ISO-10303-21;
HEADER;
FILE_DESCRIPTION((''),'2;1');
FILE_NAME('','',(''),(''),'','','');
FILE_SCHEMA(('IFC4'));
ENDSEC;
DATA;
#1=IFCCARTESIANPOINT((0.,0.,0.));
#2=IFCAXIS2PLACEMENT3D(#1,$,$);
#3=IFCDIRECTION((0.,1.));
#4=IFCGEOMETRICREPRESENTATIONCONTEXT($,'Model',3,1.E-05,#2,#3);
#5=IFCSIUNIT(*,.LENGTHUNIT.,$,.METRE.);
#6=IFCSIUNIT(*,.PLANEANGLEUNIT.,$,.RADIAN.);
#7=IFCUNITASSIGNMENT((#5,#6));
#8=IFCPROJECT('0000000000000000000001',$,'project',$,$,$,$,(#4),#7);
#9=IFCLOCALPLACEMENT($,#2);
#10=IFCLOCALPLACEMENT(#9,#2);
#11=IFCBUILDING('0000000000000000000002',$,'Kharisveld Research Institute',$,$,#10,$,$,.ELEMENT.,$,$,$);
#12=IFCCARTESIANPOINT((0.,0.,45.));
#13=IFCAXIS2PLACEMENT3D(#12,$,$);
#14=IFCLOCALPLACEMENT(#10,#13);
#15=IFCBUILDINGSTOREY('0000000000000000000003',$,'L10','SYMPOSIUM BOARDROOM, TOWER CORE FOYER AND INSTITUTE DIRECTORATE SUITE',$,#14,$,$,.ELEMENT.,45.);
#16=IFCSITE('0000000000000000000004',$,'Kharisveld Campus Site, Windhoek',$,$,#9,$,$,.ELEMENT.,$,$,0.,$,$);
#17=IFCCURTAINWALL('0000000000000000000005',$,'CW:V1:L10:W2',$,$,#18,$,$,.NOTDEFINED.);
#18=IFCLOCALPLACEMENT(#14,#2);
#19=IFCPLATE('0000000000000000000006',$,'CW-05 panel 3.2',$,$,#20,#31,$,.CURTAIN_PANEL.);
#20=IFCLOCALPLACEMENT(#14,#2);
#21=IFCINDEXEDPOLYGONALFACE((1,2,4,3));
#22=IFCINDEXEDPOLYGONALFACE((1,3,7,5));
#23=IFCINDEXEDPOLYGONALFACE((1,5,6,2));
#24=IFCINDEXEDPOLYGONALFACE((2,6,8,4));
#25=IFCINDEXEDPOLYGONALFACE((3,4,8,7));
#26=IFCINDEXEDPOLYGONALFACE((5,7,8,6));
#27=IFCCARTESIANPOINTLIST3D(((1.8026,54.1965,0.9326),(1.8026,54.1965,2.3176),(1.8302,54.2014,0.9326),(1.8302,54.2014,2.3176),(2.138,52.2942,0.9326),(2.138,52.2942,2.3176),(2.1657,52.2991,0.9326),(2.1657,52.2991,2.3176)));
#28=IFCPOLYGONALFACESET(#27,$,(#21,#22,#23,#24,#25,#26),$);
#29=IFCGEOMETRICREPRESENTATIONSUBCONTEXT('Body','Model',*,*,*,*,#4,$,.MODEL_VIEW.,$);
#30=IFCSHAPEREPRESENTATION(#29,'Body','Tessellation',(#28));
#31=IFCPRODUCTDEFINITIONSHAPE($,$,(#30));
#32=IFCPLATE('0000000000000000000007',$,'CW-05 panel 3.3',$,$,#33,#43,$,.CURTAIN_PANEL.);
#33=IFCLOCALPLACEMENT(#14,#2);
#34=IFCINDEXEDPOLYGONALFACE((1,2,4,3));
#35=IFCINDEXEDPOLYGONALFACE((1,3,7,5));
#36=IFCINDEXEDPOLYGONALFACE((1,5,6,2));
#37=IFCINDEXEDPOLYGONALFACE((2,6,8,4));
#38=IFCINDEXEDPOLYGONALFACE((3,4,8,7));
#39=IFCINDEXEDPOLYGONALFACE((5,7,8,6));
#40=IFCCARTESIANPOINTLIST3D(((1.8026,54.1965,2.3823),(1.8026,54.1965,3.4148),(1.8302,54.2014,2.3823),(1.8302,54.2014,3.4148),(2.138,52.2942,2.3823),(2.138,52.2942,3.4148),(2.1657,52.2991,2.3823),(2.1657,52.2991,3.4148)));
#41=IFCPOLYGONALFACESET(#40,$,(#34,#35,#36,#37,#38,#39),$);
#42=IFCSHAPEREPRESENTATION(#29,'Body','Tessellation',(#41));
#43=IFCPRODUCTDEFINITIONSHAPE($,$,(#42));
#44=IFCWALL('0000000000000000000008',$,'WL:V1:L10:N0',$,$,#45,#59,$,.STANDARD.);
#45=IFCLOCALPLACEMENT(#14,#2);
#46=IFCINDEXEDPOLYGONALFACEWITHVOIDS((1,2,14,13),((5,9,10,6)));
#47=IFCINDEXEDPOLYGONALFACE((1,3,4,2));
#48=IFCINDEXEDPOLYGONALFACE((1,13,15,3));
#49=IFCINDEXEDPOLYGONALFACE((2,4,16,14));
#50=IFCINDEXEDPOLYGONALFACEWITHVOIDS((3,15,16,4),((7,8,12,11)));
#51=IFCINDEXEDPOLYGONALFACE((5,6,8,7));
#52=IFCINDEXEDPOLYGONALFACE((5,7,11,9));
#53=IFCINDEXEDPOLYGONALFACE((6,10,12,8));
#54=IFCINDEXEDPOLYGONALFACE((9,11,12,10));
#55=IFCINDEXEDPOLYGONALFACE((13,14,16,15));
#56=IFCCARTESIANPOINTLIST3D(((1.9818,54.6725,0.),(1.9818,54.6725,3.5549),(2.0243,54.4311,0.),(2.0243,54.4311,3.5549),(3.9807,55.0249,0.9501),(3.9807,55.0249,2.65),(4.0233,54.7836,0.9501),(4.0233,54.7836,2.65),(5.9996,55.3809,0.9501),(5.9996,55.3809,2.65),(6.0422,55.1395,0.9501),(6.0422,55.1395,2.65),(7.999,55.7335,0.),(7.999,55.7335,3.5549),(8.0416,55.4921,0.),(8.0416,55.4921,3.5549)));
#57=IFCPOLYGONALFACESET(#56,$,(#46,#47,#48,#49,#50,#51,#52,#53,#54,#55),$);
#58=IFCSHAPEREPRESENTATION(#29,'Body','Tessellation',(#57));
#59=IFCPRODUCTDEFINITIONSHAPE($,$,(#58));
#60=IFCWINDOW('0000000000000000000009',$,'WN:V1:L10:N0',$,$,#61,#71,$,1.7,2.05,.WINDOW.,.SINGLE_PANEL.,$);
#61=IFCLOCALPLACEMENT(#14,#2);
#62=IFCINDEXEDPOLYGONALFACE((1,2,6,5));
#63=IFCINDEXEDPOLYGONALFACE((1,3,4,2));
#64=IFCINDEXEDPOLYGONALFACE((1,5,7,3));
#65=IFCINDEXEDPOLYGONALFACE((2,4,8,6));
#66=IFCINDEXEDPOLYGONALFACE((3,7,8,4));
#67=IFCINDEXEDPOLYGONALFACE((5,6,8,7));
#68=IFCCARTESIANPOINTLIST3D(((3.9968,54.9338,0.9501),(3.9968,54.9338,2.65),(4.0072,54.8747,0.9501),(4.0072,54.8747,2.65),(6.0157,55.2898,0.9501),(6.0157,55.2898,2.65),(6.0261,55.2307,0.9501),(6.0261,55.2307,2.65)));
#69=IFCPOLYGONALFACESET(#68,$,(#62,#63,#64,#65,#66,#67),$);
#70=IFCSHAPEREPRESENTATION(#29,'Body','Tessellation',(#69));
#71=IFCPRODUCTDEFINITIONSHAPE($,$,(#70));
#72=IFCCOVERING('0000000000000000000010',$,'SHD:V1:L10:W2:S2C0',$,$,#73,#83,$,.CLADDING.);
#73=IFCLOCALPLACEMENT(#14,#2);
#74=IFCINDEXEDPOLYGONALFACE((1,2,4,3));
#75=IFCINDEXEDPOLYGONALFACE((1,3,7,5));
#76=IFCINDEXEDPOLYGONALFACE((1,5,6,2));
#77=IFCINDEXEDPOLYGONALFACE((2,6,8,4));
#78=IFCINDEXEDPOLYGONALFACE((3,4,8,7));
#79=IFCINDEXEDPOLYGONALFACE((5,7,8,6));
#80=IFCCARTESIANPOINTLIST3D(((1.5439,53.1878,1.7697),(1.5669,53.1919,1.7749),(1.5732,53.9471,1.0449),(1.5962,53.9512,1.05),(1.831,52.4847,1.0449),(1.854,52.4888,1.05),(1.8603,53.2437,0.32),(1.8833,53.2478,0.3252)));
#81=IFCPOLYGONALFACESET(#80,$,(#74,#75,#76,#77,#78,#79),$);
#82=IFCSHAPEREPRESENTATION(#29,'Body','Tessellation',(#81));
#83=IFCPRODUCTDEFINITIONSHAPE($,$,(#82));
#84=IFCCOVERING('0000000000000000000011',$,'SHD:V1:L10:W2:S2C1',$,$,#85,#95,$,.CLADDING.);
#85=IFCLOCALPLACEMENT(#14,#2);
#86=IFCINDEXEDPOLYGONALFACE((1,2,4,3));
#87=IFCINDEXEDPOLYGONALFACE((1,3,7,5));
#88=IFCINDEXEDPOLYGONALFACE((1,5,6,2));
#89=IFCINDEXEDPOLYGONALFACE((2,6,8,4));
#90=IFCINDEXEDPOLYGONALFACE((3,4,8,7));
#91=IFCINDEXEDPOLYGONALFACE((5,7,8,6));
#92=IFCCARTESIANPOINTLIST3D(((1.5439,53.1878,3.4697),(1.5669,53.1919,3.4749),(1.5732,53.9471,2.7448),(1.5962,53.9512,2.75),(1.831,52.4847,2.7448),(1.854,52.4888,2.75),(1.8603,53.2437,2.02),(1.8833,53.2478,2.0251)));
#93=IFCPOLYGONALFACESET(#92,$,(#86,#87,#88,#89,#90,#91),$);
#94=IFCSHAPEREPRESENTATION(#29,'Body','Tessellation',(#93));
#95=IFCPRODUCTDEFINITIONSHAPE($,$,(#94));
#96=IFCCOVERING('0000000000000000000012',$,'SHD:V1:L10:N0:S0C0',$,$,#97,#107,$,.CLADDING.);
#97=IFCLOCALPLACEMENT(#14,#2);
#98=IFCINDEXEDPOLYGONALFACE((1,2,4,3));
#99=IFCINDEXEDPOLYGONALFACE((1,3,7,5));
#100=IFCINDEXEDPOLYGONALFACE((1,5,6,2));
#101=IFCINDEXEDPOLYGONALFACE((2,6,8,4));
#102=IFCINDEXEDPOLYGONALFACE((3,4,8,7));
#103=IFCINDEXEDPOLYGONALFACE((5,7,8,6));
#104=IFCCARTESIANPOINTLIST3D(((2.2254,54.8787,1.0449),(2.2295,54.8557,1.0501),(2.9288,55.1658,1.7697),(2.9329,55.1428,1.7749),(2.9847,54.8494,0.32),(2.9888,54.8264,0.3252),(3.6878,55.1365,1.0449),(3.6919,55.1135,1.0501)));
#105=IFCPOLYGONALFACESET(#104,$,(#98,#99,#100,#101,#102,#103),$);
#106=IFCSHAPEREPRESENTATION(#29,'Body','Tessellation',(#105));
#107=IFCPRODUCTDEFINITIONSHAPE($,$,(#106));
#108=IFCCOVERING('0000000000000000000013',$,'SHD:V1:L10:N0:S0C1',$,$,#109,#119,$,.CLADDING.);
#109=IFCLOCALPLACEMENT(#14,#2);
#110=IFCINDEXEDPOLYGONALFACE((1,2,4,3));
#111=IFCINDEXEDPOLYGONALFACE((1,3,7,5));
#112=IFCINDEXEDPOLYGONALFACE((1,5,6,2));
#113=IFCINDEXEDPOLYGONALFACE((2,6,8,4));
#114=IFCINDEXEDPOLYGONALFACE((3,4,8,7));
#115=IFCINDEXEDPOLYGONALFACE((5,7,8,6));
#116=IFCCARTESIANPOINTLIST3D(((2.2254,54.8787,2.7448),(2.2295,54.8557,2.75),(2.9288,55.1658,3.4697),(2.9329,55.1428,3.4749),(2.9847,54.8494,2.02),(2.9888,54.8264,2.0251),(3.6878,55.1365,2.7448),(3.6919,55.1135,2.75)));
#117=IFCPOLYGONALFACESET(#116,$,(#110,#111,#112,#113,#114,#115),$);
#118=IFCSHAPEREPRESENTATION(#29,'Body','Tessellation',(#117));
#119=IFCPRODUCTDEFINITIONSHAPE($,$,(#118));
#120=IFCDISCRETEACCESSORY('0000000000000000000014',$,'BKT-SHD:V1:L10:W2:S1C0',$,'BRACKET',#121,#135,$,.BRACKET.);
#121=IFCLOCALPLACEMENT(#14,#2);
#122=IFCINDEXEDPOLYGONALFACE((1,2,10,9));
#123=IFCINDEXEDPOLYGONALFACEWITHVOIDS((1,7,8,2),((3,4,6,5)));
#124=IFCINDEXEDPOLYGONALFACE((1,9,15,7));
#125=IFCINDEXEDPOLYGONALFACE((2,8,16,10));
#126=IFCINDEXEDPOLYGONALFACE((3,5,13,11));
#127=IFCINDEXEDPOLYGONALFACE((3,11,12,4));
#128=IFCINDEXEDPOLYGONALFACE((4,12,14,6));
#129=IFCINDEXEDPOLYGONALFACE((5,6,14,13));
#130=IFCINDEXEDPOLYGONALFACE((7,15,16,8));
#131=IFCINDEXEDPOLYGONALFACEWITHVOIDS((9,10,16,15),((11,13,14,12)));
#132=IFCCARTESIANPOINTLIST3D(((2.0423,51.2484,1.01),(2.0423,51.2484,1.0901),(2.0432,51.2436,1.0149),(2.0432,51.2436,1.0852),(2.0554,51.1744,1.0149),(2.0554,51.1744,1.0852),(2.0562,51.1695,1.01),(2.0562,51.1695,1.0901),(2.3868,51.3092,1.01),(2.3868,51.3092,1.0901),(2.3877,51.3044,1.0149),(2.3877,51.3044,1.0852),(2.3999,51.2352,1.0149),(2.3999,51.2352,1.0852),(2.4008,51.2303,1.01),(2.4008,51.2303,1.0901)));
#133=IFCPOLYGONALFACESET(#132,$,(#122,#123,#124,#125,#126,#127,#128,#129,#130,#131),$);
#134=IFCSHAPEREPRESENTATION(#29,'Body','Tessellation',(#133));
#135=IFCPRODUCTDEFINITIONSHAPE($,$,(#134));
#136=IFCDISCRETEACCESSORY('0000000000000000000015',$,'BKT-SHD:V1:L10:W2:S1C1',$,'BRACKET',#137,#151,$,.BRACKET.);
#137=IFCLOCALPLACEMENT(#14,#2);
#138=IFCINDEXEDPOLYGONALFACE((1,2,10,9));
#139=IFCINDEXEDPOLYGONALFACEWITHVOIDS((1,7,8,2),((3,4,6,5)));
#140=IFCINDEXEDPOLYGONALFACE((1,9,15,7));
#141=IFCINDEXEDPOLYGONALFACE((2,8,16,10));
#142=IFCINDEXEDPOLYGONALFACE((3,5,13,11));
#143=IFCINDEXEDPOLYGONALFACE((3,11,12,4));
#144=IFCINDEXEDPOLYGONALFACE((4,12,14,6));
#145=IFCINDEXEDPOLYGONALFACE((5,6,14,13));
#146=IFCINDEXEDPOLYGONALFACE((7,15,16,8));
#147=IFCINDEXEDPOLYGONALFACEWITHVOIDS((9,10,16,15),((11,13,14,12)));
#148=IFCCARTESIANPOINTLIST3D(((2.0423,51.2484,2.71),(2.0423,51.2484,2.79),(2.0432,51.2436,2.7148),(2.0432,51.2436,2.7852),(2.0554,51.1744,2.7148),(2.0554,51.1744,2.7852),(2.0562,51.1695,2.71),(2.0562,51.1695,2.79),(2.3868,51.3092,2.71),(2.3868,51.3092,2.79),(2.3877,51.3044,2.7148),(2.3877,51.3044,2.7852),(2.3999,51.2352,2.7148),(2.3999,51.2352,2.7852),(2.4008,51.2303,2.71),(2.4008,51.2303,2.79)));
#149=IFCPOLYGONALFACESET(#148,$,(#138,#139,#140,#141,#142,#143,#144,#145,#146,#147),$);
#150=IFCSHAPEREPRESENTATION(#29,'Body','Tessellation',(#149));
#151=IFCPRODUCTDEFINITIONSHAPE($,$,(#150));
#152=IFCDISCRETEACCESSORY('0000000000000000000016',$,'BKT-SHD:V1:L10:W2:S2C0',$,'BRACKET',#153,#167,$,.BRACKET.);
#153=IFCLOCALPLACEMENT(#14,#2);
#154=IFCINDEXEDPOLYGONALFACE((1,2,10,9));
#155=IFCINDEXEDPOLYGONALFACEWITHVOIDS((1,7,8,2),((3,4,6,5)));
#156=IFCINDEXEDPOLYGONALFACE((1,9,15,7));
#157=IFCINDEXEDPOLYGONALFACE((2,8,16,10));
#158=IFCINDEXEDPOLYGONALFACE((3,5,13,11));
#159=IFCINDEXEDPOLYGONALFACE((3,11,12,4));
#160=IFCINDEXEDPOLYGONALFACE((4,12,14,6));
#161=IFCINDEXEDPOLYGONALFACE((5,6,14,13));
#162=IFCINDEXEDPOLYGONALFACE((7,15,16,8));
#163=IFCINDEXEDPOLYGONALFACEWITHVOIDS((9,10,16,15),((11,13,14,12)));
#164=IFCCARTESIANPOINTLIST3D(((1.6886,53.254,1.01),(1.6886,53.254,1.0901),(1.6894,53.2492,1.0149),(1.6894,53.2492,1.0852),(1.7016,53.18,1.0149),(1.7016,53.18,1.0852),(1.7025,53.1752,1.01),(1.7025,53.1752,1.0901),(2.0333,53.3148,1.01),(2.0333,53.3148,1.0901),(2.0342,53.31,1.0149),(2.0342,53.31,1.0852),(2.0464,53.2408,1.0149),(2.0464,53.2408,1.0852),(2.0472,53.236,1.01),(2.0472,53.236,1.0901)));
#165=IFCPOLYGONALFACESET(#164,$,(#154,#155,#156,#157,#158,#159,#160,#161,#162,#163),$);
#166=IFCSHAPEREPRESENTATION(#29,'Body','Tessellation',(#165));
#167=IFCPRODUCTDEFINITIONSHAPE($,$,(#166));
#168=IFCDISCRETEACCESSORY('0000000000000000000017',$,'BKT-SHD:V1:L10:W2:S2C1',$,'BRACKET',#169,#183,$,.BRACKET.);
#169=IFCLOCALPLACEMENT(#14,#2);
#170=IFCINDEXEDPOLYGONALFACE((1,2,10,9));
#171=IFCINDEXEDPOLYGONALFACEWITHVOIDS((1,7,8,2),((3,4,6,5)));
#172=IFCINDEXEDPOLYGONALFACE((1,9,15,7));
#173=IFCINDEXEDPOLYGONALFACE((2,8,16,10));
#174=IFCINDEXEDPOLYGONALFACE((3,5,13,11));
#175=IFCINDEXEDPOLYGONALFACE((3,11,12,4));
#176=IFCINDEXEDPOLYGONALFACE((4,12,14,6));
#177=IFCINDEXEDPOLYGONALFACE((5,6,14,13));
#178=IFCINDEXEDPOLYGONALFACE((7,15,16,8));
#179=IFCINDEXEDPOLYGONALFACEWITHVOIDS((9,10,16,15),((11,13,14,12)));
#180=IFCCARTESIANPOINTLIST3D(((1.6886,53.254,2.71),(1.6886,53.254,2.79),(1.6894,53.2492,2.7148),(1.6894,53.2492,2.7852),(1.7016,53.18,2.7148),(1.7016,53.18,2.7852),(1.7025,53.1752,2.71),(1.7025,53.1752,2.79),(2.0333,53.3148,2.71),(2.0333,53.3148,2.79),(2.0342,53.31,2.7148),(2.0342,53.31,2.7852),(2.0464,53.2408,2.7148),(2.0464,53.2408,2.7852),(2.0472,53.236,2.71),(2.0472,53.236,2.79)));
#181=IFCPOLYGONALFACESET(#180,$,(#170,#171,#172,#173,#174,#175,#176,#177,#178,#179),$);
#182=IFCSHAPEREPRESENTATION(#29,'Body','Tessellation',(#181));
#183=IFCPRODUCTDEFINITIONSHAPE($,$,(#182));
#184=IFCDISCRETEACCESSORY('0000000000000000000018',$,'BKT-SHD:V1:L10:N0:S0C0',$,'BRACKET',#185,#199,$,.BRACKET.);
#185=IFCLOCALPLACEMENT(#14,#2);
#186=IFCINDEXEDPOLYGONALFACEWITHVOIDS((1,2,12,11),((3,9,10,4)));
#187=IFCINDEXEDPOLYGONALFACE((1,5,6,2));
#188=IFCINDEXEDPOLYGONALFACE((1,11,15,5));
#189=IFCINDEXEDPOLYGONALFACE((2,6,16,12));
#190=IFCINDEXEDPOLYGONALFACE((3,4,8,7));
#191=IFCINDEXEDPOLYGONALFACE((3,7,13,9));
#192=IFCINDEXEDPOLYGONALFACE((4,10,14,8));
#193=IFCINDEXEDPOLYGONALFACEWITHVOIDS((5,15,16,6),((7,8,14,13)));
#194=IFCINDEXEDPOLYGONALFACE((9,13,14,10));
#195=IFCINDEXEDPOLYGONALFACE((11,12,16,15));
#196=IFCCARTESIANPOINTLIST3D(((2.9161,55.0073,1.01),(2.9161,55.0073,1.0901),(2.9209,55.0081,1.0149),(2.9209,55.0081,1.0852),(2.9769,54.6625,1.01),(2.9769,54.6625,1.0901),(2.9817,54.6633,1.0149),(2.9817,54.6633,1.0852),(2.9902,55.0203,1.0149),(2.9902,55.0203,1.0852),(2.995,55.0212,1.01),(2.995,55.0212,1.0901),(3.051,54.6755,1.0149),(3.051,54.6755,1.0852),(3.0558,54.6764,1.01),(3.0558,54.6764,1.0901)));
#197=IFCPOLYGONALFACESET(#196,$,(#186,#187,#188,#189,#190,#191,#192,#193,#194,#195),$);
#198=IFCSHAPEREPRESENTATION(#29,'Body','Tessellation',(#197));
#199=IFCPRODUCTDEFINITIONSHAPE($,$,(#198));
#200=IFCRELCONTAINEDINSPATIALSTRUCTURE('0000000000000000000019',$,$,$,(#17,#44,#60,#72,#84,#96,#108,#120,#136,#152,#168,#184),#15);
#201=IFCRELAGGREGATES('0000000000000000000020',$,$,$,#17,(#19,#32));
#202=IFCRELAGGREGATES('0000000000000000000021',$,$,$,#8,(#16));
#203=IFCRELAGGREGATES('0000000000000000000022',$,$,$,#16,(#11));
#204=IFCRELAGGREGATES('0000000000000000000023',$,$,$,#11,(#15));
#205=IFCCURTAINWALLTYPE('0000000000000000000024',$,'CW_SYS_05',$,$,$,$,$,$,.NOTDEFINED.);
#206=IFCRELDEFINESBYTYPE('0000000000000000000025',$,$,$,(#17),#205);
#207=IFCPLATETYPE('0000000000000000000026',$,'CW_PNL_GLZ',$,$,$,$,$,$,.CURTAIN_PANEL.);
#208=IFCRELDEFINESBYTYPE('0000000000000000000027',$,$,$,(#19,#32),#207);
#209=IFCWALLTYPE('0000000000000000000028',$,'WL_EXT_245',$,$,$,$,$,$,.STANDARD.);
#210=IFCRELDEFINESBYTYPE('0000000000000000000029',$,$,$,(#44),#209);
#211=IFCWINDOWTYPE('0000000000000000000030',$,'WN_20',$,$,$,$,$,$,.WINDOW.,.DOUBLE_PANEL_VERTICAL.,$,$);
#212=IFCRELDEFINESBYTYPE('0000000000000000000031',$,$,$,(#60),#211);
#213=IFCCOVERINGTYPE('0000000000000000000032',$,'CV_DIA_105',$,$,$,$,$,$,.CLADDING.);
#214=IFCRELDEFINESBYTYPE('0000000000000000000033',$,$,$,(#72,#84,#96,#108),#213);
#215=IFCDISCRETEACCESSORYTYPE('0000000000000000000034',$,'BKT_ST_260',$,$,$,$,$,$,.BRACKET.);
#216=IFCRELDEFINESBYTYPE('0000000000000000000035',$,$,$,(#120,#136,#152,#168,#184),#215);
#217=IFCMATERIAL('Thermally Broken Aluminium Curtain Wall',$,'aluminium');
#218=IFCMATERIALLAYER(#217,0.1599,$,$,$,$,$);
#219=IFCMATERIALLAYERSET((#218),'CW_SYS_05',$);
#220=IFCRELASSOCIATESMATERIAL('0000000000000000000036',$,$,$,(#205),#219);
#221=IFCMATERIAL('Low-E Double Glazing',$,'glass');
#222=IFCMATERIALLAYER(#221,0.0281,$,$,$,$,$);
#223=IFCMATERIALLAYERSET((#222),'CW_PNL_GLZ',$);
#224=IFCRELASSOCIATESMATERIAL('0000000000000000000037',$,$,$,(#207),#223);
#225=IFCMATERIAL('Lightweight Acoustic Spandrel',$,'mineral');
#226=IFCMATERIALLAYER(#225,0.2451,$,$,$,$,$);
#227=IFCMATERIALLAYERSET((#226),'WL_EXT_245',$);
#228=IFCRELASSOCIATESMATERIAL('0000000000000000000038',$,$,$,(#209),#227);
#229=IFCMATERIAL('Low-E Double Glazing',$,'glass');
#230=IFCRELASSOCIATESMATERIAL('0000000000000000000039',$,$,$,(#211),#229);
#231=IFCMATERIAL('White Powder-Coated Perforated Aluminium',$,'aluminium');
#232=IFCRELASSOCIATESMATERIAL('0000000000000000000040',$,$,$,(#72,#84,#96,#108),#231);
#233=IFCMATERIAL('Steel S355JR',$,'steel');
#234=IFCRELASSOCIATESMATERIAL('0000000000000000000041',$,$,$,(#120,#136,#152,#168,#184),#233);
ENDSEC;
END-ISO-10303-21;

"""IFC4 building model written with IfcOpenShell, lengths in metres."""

from ifc_helpers import new_model, si_unit, direction, frame, frame_2d, origin, origin_2d, place, context, subcontext, project, spatial, polyline, rectangle, hollow_rectangle, outline, extrude, material, layer, layer_set, type_object, element, fill, aggregate, save


model = new_model("IFC4")

# Units and contexts
model_context = context("Model", 3, precision=1e-05, world=origin(), true_north=direction((0.0, 1.0)))
body_context = subcontext(model_context, "Body", "Model", "MODEL_VIEW")
ifc_project = project(units=[si_unit("LENGTHUNIT", "METRE"), si_unit("PLANEANGLEUNIT", "RADIAN")], contexts=[model_context])

# Site, building, storey
site_placement = place(None, origin())
site = spatial("IfcSite", under=ifc_project, at=site_placement, Name="Kharisveld Campus Site, Windhoek", CompositionType="ELEMENT", RefElevation=0.0)
building_placement = place(site_placement, origin())
building = spatial("IfcBuilding", under=site, at=building_placement, Name="Kharisveld Research Institute", CompositionType="ELEMENT")
storey_placement = place(building_placement, frame((0.0, 0.0, 45.0)))
storey = spatial("IfcBuildingStorey", under=building, at=storey_placement, Name="L10", Description="SYMPOSIUM BOARDROOM, TOWER CORE FOYER AND INSTITUTE DIRECTORATE SUITE", CompositionType="ELEMENT", Elevation=45.0)

# Curtain wall
ifc_material_1 = material(Name="Thermally Broken Aluminium Curtain Wall", Category="aluminium")
ifc_layer_1 = layer(ifc_material_1, 0.1599)
ifc_layer_set_1 = layer_set([ifc_layer_1], Name="CW_SYS_05")
curtain_wall_type = type_object("IfcCurtainWallType", Name="CW_SYS_05", PredefinedType="NOTDEFINED", material=ifc_layer_set_1)
curtain_wall_placement = place(storey_placement, origin())
curtain_wall = element("IfcCurtainWall", 1, at=curtain_wall_placement, inside=storey, type_object=curtain_wall_type, Name="CW:V1:L10:W2", PredefinedType="NOTDEFINED")

# Plates
ifc_material_2 = material(Name="Low-E Double Glazing", Category="glass")
ifc_layer_2 = layer(ifc_material_2, 0.0281)
ifc_layer_set_2 = layer_set([ifc_layer_2], Name="CW_PNL_GLZ")
plate_type = type_object("IfcPlateType", Name="CW_PNL_GLZ", PredefinedType="CURTAIN_PANEL", material=ifc_layer_set_2)
plate_1_placement = place(storey_placement, frame((1.9841, 53.2478, 0.9326), z_axis=(0.0, 0.0, 1.0), x_axis=(-0.173648, 0.984808, 0.0)))
plate_1 = element("IfcPlate", 2, at=plate_1_placement, type_object=plate_type, Name="CW-05 panel 3.2", PredefinedType="CURTAIN_PANEL", context=body_context, shape_type="SweptSolid", body=[
    extrude(rectangle(XDim=1.9316, YDim=0.0281, at=origin_2d()), origin(), (0.0, 0.0, 1.0), 1.385),
])
plate_2_placement = place(storey_placement, frame((1.9841, 53.2478, 2.3823), z_axis=(0.0, 0.0, 1.0), x_axis=(-0.173648, 0.984808, 0.0)))
plate_2 = element("IfcPlate", 3, at=plate_2_placement, type_object=plate_type, Name="CW-05 panel 3.3", PredefinedType="CURTAIN_PANEL", context=body_context, shape_type="SweptSolid", body=[
    extrude(rectangle(XDim=1.9316, YDim=0.0281, at=origin_2d()), origin(), (0.0, 0.0, 1.0), 1.0325),
])
aggregate(curtain_wall, [plate_1, plate_2])

# Wall, opening, window
ifc_material_3 = material(Name="Lightweight Acoustic Spandrel", Category="mineral")
ifc_layer_3 = layer(ifc_material_3, 0.2451)
ifc_layer_set_3 = layer_set([ifc_layer_3], Name="WL_EXT_245")
wall_type = type_object("IfcWallType", Name="WL_EXT_245", PredefinedType="STANDARD", material=ifc_layer_set_3)
wall_placement = place(storey_placement, frame((2.0029, 54.5518, 0.0), z_axis=(0.0, 0.0, 1.0), x_axis=(0.984807, 0.173651, 0.0)))
wall = element("IfcWall", 4, at=wall_placement, inside=storey, type_object=wall_type, Name="WL:V1:L10:N0", PredefinedType="STANDARD", context=body_context, shape_type="SweptSolid", body=[
    extrude(rectangle(XDim=6.1101, YDim=0.2451, at=frame_2d((3.0552, 0.0))), origin(), (0.0, 0.0, 1.0), 3.5549),
])
opening_placement = place(wall_placement, frame((2.03, 0.0, 0.95)))
opening = element("IfcOpeningElement", 5, at=opening_placement, cuts=wall, PredefinedType="OPENING", context=body_context, shape_type="SweptSolid", body=[
    extrude(rectangle(XDim=2.05, YDim=1.7, at=frame_2d((1.0249, 0.8501))), frame((0.0, 0.1226, 0.0), z_axis=(0.0, -1.0, 0.0), x_axis=(1.0, 0.0, 0.0)), (0.0, 0.0, 1.0), 0.2451),
])
ifc_material_4 = material(Name="Low-E Double Glazing", Category="glass")
window_type = type_object("IfcWindowType", Name="WN_20", PartitioningType="DOUBLE_PANEL_VERTICAL", PredefinedType="WINDOW", material=ifc_material_4)
window_placement = place(opening_placement, origin())
window = element("IfcWindow", 6, at=window_placement, inside=storey, type_object=window_type, Name="WN:V1:L10:N0", OverallHeight=1.7, OverallWidth=2.05, PartitioningType="SINGLE_PANEL", PredefinedType="WINDOW", context=body_context, shape_type="SweptSolid", body=[
    extrude(rectangle(XDim=2.05, YDim=1.7, at=frame_2d((1.0249, 0.8501))), frame((0.0, 0.03, 0.0), z_axis=(0.0, -1.0, 0.0), x_axis=(1.0, 0.0, 0.0)), (0.0, 0.0, 1.0), 0.0601),
])
fill(opening, window)

# Coverings
ifc_material_5 = material(Name="White Powder-Coated Perforated Aluminium", Category="aluminium")
covering_type = type_object("IfcCoveringType", Name="CV_DIA_105", PredefinedType="CLADDING")
for number, where, z_axis, x_axis, name in (
    (7, (1.8833, 53.2478, 0.3252), (0.961481, 0.169503, 0.216385), (-0.273447, 0.66985, 0.69031), "SHD:V1:L10:W2:S2C0"),
    (8, (1.8833, 53.2478, 2.0251), (0.961481, 0.169503, 0.216385), (-0.273447, 0.66985, 0.69031), "SHD:V1:L10:W2:S2C1"),
):
    element("IfcCovering", number, at=place(storey_placement, frame(where, z_axis=z_axis, x_axis=x_axis)), inside=storey, type_object=covering_type, material=ifc_material_5, Name=name, PredefinedType="CLADDING", context=body_context, shape_type="SweptSolid", body=[
        extrude(outline(polyline([(0.0, 0.0), (1.05, 0.0), (1.0498, 1.0501), (-0.0001, 1.05), (0.0, 0.0)])), origin(), (0.0, 0.0, -1.0), 0.0239),
    ])
for number, where, z_axis, x_axis, name in (
    (9, (2.9888, 54.8264, 0.3252), (0.169503, -0.961481, 0.216385), (0.669728, 0.273452, 0.690426), "SHD:V1:L10:N0:S0C0"),
    (10, (2.9888, 54.8264, 2.0251), (0.169503, -0.961481, 0.216385), (0.669728, 0.273452, 0.690426), "SHD:V1:L10:N0:S0C1"),
):
    element("IfcCovering", number, at=place(storey_placement, frame(where, z_axis=z_axis, x_axis=x_axis)), inside=storey, type_object=covering_type, material=ifc_material_5, Name=name, PredefinedType="CLADDING", context=body_context, shape_type="SweptSolid", body=[
        extrude(outline(polyline([(0.0, 0.0), (1.0499, 0.0), (1.05, 1.05), (0.0, 1.0501), (0.0, 0.0)])), origin(), (0.0, 0.0, -1.0), 0.0239),
    ])

# Discrete accessories
ifc_material_6 = material(Name="Steel S355JR", Category="steel")
discrete_accessory_type = type_object("IfcDiscreteAccessoryType", Name="BKT_ST_260", PredefinedType="BRACKET")
for number, where, z_axis, x_axis, name in (
    (11, (2.3938, 51.2698, 1.05), (-0.984784, -0.173785, 0.0), (0.173785, -0.984784, 0.0), "BKT-SHD:V1:L10:W2:S1C0"),
    (12, (2.3938, 51.2698, 2.75), (-0.984784, -0.173785, 0.0), (0.173785, -0.984784, 0.0), "BKT-SHD:V1:L10:W2:S1C1"),
):
    element("IfcDiscreteAccessory", number, at=place(storey_placement, frame(where, z_axis=z_axis, x_axis=x_axis)), inside=storey, type_object=discrete_accessory_type, material=ifc_material_6, Name=name, ObjectType="BRACKET", PredefinedType="BRACKET", context=body_context, shape_type="SweptSolid", body=[
        extrude(hollow_rectangle(XDim=0.0801, YDim=0.0801, WallThickness=0.0049, at=origin_2d()), origin(), (0.0, 0.0, 1.0), 0.3499),
    ])
for number, where, z_axis, x_axis, name in (
    (13, (2.0403, 53.2754, 1.05), (-0.984805, -0.173666, 0.0), (0.173666, -0.984805, 0.0), "BKT-SHD:V1:L10:W2:S2C0"),
    (14, (2.0403, 53.2754, 2.75), (-0.984805, -0.173666, 0.0), (0.173666, -0.984805, 0.0), "BKT-SHD:V1:L10:W2:S2C1"),
    (15, (3.0164, 54.6694, 1.05), (-0.173666, 0.984805, 0.0), (-0.984805, -0.173666, 0.0), "BKT-SHD:V1:L10:N0:S0C0"),
):
    element("IfcDiscreteAccessory", number, at=place(storey_placement, frame(where, z_axis=z_axis, x_axis=x_axis)), inside=storey, type_object=discrete_accessory_type, material=ifc_material_6, Name=name, ObjectType="BRACKET", PredefinedType="BRACKET", context=body_context, shape_type="SweptSolid", body=[
        extrude(hollow_rectangle(XDim=0.0801, YDim=0.0801, WallThickness=0.0049, at=origin_2d()), origin(), (0.0, 0.0, 1.0), 0.3501),
    ])

save(model, "model.ifc")
